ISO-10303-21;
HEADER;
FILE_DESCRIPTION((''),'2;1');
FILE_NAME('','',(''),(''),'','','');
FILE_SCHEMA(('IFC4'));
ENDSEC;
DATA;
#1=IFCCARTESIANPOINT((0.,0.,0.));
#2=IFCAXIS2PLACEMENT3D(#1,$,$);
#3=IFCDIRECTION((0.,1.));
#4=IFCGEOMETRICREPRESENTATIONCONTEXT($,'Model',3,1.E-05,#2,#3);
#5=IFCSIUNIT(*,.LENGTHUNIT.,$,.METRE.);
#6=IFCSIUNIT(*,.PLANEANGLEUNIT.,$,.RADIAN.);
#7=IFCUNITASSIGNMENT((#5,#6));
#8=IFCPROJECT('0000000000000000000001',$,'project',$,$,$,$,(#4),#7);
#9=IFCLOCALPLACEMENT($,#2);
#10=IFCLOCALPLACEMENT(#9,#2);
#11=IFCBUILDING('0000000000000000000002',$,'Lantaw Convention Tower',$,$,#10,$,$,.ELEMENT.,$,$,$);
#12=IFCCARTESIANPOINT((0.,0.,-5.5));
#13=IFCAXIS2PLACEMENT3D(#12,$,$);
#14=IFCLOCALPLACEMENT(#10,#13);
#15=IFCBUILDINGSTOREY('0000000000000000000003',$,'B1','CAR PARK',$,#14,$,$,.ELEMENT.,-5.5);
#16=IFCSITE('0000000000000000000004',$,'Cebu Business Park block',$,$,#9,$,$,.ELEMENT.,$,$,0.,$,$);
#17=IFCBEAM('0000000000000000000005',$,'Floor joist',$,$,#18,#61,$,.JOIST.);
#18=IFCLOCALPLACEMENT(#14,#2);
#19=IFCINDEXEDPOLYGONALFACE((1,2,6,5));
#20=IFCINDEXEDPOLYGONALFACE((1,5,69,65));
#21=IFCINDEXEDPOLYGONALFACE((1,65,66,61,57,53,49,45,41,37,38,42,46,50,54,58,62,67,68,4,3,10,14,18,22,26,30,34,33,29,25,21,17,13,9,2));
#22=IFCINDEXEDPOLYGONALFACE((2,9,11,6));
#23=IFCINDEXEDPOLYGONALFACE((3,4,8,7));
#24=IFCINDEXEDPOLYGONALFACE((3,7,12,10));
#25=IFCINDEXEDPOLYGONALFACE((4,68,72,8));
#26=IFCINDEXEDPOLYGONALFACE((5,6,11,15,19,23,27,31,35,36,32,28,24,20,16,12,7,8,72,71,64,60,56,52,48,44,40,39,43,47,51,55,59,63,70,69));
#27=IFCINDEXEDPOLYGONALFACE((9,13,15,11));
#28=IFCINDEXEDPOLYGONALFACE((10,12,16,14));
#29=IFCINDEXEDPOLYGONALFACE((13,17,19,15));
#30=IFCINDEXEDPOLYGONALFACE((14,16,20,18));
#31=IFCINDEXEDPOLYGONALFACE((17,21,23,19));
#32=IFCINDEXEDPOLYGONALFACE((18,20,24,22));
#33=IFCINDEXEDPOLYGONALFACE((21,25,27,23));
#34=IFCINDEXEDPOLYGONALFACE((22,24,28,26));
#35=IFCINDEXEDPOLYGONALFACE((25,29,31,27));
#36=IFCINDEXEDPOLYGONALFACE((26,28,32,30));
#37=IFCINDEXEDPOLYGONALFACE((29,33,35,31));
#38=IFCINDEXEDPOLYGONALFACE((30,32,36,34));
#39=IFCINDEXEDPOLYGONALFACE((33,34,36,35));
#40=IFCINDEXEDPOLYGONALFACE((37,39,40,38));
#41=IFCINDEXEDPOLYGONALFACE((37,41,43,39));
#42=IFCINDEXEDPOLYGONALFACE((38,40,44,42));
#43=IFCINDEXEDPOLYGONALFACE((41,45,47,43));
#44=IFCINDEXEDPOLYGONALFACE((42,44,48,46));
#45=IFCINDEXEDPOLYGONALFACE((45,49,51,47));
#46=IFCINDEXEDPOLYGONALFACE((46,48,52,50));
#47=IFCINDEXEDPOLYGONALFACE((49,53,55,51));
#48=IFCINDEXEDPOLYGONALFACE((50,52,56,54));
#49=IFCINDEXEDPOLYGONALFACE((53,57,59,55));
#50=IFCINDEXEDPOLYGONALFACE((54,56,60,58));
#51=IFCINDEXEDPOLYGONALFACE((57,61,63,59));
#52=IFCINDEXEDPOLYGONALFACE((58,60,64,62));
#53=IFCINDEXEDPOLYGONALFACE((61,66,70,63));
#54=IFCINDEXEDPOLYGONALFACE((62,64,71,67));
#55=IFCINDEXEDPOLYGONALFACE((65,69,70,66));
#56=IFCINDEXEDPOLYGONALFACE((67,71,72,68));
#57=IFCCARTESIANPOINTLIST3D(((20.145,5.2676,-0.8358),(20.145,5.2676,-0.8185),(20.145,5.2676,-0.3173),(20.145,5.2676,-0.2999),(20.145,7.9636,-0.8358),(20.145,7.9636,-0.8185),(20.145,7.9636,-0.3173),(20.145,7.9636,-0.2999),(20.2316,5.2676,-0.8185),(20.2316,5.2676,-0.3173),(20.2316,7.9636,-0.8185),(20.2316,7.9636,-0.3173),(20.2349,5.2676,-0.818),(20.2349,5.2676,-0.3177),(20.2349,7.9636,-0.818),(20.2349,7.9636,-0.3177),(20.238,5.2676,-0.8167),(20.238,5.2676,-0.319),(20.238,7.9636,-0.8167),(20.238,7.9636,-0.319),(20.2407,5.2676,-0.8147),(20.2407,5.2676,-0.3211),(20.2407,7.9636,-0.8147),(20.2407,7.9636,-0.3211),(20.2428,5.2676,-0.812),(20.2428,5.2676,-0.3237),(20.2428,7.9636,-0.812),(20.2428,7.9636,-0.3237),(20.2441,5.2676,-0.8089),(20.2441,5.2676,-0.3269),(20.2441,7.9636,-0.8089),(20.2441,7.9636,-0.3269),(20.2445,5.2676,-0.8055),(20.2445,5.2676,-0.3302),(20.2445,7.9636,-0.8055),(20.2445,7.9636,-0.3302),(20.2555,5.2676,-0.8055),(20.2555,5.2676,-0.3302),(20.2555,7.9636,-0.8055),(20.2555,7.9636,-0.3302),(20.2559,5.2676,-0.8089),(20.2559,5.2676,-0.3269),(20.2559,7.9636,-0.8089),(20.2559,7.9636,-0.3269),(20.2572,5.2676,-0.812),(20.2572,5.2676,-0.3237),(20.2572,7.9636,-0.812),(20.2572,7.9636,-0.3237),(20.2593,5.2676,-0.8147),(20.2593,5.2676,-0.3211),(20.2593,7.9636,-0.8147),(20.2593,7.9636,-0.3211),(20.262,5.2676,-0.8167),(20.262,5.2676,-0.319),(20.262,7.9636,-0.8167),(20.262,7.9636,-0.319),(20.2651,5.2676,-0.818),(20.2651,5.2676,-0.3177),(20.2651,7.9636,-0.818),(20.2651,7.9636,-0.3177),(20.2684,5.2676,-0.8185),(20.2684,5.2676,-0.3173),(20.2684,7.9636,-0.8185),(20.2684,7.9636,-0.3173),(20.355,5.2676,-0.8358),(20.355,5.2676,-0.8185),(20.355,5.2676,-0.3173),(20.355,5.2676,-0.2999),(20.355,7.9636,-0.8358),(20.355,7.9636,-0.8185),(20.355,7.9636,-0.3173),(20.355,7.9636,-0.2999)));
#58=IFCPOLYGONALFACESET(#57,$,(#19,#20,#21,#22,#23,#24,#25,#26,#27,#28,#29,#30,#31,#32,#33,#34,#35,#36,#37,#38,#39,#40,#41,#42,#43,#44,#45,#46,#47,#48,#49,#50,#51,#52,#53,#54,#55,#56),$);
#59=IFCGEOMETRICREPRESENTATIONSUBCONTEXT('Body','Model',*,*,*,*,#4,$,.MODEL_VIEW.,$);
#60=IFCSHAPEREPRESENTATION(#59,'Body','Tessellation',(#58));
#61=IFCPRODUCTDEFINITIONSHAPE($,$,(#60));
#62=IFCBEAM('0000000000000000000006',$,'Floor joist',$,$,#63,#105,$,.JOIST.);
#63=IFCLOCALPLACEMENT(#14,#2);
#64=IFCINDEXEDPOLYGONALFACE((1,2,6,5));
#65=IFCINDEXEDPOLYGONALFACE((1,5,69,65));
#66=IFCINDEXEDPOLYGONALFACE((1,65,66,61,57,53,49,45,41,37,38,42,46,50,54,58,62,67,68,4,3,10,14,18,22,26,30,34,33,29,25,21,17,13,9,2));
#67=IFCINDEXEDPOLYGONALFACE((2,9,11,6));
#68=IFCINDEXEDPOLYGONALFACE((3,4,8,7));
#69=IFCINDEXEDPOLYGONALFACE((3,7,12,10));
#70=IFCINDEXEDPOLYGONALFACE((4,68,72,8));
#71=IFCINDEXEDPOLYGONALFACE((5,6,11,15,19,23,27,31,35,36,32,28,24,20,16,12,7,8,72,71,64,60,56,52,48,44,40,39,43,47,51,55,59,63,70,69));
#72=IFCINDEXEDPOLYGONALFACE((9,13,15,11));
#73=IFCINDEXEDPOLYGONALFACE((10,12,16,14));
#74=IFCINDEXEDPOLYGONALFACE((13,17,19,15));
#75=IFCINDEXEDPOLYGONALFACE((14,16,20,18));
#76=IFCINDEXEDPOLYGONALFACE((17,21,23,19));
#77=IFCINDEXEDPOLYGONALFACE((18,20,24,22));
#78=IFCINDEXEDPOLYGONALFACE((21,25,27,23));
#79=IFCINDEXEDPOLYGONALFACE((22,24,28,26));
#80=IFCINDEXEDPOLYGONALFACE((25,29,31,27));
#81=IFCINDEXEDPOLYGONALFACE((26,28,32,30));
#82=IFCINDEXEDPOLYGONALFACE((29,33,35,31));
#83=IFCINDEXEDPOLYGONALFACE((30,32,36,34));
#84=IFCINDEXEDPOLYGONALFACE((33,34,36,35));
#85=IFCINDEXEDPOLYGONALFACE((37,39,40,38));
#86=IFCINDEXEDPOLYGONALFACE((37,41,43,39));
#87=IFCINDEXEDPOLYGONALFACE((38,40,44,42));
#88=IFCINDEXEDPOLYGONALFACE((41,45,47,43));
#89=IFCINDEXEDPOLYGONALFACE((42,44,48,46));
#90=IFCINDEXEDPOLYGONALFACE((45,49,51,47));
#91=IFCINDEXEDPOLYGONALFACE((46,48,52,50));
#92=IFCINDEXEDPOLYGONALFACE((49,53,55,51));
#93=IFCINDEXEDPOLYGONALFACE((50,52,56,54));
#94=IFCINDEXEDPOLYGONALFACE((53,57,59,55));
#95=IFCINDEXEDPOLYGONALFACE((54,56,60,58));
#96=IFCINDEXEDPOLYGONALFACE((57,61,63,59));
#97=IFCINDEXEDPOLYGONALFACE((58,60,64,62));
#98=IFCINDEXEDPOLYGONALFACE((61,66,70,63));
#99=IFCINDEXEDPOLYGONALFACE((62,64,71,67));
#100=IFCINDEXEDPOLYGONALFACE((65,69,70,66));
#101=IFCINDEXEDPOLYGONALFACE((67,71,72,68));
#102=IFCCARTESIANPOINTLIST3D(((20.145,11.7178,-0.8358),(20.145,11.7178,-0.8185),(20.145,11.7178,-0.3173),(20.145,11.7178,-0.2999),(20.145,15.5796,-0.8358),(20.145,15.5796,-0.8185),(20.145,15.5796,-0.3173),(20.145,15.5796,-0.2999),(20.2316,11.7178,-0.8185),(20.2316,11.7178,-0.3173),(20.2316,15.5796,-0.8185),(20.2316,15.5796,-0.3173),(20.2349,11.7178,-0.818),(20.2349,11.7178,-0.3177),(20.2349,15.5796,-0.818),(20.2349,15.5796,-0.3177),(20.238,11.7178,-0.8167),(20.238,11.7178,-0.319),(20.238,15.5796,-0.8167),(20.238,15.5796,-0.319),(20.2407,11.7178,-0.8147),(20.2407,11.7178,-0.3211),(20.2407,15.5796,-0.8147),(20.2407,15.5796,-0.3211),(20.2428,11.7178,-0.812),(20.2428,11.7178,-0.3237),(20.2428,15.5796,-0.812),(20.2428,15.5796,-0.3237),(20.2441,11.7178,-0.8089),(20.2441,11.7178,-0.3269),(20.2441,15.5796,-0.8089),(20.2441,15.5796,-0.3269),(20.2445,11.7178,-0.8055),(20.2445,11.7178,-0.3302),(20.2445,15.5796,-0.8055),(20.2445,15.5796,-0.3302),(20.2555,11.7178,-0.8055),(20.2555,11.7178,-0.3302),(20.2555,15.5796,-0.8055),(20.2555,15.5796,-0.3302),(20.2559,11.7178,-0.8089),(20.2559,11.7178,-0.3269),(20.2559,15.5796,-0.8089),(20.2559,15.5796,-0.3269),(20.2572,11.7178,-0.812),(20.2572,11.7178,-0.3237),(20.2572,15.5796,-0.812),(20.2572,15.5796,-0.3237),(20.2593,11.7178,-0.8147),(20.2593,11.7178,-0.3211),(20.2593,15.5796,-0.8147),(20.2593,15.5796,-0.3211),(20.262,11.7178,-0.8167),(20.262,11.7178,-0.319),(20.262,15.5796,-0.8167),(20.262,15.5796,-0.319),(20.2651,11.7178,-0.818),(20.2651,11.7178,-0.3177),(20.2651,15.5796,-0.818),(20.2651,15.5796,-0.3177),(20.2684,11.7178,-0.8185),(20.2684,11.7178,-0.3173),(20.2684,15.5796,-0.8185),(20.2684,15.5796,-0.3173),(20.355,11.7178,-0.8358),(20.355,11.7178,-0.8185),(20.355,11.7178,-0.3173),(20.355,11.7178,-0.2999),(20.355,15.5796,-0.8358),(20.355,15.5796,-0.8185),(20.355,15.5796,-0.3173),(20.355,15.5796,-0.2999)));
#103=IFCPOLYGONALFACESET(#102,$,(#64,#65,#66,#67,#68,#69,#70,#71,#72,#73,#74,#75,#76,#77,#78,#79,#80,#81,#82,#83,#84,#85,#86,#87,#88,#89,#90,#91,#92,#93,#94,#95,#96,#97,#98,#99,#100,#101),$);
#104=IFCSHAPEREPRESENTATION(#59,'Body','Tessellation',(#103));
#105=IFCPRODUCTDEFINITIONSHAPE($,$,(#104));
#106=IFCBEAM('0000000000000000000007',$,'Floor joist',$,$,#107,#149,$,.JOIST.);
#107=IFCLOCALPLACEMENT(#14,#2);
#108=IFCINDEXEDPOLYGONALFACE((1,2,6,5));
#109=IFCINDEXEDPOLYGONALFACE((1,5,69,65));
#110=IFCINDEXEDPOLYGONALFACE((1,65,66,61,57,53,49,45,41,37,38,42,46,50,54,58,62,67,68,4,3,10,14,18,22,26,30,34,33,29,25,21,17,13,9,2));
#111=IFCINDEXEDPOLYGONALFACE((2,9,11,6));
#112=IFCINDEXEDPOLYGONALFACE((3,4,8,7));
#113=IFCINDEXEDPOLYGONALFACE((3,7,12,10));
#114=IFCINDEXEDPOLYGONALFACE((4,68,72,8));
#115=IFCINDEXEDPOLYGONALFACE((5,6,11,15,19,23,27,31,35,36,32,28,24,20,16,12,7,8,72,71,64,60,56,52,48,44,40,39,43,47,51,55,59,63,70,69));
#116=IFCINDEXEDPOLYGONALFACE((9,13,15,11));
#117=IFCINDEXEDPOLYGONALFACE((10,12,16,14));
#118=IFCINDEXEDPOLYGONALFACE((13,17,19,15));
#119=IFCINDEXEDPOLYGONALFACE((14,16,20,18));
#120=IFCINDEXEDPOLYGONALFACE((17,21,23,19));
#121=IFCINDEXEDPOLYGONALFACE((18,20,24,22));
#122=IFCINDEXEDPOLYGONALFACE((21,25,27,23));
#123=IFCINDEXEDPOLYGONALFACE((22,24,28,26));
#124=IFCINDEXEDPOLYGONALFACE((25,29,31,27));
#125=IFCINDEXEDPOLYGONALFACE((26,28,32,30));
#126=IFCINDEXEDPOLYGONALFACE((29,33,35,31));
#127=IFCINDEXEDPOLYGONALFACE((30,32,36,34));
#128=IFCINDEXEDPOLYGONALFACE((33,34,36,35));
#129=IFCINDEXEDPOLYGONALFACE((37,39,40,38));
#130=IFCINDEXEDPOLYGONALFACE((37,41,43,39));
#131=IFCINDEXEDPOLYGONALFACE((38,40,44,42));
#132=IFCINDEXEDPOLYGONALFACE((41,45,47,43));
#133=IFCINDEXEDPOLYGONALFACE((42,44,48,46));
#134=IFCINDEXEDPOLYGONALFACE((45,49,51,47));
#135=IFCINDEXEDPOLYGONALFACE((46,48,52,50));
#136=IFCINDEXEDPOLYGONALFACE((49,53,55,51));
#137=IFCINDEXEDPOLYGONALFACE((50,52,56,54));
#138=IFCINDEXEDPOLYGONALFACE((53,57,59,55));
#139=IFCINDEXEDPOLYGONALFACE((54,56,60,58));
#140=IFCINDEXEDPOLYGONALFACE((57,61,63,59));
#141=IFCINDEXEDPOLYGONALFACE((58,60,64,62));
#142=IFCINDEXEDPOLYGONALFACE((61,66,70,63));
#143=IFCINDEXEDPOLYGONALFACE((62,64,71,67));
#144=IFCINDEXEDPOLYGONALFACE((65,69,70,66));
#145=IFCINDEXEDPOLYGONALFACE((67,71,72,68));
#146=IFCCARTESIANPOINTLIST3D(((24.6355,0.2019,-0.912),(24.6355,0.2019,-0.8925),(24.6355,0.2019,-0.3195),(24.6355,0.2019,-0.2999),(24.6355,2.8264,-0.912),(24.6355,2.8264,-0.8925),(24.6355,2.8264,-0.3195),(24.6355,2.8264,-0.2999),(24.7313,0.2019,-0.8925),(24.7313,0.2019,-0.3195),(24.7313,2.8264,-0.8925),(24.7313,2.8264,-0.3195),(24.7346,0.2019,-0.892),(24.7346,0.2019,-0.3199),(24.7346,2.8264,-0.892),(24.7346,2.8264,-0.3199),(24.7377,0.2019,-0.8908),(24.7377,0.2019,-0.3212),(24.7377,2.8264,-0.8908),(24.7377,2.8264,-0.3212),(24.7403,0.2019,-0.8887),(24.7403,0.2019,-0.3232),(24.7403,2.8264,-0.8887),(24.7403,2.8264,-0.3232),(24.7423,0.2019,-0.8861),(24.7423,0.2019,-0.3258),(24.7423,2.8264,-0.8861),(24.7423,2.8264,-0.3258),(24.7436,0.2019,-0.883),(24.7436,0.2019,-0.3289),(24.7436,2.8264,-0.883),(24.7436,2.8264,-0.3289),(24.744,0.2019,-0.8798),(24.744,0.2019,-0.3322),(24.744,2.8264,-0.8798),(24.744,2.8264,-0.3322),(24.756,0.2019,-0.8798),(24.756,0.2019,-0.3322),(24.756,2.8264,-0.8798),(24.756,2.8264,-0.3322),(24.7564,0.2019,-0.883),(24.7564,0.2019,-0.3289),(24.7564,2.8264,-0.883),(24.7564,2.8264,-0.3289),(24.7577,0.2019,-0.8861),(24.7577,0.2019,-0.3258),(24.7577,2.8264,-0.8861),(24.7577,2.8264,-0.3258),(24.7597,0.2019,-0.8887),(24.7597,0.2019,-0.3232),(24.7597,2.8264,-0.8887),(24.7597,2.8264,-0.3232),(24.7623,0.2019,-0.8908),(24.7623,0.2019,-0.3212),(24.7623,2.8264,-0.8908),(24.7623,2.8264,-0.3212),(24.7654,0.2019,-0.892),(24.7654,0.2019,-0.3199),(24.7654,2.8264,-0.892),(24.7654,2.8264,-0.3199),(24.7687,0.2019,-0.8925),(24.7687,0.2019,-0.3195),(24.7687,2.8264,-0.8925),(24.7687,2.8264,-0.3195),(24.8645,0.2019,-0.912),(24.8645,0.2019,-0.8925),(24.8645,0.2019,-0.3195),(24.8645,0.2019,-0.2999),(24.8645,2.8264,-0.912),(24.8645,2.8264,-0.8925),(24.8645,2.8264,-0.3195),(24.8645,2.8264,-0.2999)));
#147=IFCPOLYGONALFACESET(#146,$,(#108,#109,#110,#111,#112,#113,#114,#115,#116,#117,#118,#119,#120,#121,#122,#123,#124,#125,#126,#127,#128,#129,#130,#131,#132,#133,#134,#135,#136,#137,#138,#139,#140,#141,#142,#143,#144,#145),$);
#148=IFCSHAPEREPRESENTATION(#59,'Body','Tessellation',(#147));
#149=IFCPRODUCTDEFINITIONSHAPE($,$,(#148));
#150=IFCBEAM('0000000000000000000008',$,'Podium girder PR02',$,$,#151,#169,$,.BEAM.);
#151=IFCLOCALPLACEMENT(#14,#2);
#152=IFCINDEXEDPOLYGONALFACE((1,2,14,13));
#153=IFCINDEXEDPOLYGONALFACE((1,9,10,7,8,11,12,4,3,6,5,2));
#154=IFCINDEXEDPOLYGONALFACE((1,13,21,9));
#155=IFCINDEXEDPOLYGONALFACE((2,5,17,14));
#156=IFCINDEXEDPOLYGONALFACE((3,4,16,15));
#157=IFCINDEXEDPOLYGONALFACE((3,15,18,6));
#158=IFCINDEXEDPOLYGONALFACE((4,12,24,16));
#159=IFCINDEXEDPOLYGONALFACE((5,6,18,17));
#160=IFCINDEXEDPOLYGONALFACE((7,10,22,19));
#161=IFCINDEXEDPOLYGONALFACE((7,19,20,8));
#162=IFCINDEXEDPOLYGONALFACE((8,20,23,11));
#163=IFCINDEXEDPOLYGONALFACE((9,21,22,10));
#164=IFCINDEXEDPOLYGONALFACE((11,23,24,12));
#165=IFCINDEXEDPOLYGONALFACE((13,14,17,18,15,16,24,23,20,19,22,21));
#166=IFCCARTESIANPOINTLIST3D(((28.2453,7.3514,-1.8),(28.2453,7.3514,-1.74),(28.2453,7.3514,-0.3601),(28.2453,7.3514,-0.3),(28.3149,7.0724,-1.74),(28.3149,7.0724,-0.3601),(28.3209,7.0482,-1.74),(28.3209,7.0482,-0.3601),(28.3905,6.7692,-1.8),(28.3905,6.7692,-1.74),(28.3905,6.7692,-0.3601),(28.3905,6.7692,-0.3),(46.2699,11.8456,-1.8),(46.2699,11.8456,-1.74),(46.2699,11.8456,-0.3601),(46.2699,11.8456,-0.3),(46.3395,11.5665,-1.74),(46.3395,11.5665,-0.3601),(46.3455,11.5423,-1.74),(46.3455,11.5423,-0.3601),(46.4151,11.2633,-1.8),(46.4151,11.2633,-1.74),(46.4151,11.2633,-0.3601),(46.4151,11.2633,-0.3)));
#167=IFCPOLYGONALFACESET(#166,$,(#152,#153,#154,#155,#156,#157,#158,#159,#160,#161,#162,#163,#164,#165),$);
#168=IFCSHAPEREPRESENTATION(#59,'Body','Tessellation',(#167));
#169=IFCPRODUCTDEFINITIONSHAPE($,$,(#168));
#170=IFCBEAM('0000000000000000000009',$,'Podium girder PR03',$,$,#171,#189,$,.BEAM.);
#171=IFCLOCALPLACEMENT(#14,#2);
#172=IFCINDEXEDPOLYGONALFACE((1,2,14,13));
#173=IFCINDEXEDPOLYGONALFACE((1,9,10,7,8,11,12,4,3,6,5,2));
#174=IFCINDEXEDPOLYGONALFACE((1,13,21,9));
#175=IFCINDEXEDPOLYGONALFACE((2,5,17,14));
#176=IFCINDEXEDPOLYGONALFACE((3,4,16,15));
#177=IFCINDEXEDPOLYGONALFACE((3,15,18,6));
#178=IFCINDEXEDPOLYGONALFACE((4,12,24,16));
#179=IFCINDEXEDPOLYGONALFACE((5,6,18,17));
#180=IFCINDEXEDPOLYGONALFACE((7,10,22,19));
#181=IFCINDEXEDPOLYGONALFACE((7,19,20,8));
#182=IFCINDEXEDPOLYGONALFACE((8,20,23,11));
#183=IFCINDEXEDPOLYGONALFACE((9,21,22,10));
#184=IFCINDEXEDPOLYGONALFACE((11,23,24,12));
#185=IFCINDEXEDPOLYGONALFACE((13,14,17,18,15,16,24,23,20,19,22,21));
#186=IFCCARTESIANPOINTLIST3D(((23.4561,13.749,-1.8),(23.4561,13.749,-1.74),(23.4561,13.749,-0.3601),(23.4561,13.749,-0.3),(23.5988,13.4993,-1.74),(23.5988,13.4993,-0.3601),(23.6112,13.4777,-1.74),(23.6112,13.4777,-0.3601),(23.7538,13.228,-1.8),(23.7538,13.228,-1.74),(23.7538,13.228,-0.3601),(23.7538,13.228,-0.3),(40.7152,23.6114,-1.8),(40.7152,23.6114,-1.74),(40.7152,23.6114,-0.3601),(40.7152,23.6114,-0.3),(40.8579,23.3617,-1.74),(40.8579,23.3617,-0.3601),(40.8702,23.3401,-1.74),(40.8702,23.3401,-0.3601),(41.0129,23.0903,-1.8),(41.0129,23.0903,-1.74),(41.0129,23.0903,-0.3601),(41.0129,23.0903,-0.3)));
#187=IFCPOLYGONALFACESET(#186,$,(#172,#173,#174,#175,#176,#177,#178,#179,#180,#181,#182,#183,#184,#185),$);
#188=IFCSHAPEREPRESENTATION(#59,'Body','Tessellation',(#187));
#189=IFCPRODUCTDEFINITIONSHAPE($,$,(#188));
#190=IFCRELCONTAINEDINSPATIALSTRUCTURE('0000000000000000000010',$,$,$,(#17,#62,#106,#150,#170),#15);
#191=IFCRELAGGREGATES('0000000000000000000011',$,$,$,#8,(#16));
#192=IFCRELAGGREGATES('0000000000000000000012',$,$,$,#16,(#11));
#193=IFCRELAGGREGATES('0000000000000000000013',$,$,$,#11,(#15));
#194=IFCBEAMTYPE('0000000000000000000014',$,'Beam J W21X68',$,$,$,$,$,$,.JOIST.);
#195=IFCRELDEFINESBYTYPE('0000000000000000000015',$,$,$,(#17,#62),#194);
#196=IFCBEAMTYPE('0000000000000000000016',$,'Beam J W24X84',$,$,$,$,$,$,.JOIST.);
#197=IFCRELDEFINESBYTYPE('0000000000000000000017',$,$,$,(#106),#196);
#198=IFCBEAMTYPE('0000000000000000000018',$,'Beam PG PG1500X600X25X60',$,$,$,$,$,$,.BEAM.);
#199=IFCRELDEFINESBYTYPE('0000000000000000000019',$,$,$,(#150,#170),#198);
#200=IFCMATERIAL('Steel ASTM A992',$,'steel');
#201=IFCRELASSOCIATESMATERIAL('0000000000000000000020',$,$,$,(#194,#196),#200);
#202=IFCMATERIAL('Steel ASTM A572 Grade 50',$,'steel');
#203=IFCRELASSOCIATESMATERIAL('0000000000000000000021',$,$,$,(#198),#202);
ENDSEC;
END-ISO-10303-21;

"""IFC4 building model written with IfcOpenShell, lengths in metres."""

from ifc_helpers import new_model, si_unit, direction, frame, origin, origin_2d, place, context, subcontext, project, spatial, i_section, extrude, material, material_profile, profile_set, type_object, element, save


model = new_model("IFC4")

# Units and contexts
model_context = context("Model", 3, precision=1e-05, world=origin(), true_north=direction((0.0, 1.0)))
body_context = subcontext(model_context, "Body", "Model", "MODEL_VIEW")
ifc_project = project(units=[si_unit("LENGTHUNIT", "METRE"), si_unit("PLANEANGLEUNIT", "RADIAN")], contexts=[model_context])

# Site, building, storey
site_placement = place(None, origin())
site = spatial("IfcSite", under=ifc_project, at=site_placement, Name="Cebu Business Park block", CompositionType="ELEMENT", RefElevation=0.0)
building_placement = place(site_placement, origin())
building = spatial("IfcBuilding", under=site, at=building_placement, Name="Lantaw Convention Tower", CompositionType="ELEMENT")
storey_placement = place(building_placement, frame((0.0, 0.0, -5.5)))
storey = spatial("IfcBuildingStorey", under=building, at=storey_placement, Name="B1", Description="CAR PARK", CompositionType="ELEMENT", Elevation=-5.5)

# Shared definitions
ifc_material_1 = material(Name="Steel ASTM A572 Grade 50", Category="steel")

# Beams
ifc_material_2 = material(Name="Steel ASTM A992", Category="steel")
ifc_material_profile_1 = material_profile(ifc_material_2, i_section(OverallWidth=0.21, OverallDepth=0.5359, WebThickness=0.011, FlangeThickness=0.0173, FilletRadius=0.0129, at=origin_2d()), Name="W21X68")
ifc_profile_set_1 = profile_set([ifc_material_profile_1], Name="Steel ASTM A992")
beam_type_1 = type_object("IfcBeamType", Name="Beam J W21X68", PredefinedType="JOIST", material=ifc_profile_set_1)
beam_1_placement = place(storey_placement, frame((20.25, 5.2676, -0.5679), z_axis=(0.0, 1.0, 0.0), x_axis=(-1.0, 0.0, 0.0)))
element("IfcBeam", 1, at=beam_1_placement, inside=storey, type_object=beam_type_1, Name="Floor joist", PredefinedType="JOIST", context=body_context, shape_type="SweptSolid", body=[
    extrude(i_section(OverallWidth=0.21, OverallDepth=0.5359, WebThickness=0.011, FlangeThickness=0.0173, FilletRadius=0.0129, at=origin_2d()), origin(), (0.0, 0.0, 1.0), 2.696),
])
beam_2_placement = place(storey_placement, frame((20.25, 11.7178, -0.5679), z_axis=(0.0, 1.0, 0.0), x_axis=(-1.0, 0.0, 0.0)))
element("IfcBeam", 2, at=beam_2_placement, inside=storey, type_object=beam_type_1, Name="Floor joist", PredefinedType="JOIST", context=body_context, shape_type="SweptSolid", body=[
    extrude(i_section(OverallWidth=0.21, OverallDepth=0.5359, WebThickness=0.011, FlangeThickness=0.0173, FilletRadius=0.0129, at=origin_2d()), origin(), (0.0, 0.0, 1.0), 3.8618),
])
ifc_material_profile_2 = material_profile(ifc_material_2, i_section(OverallWidth=0.229, OverallDepth=0.6121, WebThickness=0.012, FlangeThickness=0.0195, FilletRadius=0.0127, at=origin_2d()), Name="W24X84")
ifc_profile_set_2 = profile_set([ifc_material_profile_2], Name="Steel ASTM A992")
beam_type_2 = type_object("IfcBeamType", Name="Beam J W24X84", PredefinedType="JOIST", material=ifc_profile_set_2)
beam_3_placement = place(storey_placement, frame((24.75, 0.2019, -0.606), z_axis=(0.0, 1.0, 0.0), x_axis=(-1.0, 0.0, 0.0)))
element("IfcBeam", 3, at=beam_3_placement, inside=storey, type_object=beam_type_2, Name="Floor joist", PredefinedType="JOIST", context=body_context, shape_type="SweptSolid", body=[
    extrude(i_section(OverallWidth=0.229, OverallDepth=0.6121, WebThickness=0.012, FlangeThickness=0.0195, FilletRadius=0.0127, at=origin_2d()), origin(), (0.0, 0.0, 1.0), 2.6245),
])
ifc_material_profile_3 = material_profile(ifc_material_1, i_section(OverallWidth=0.6001, OverallDepth=1.5, WebThickness=0.0249, FlangeThickness=0.0601, at=origin_2d()), Name="PG1500X600X25X60")
ifc_profile_set_3 = profile_set([ifc_material_profile_3], Name="Steel ASTM A572 Grade 50")
beam_type_3 = type_object("IfcBeamType", Name="Beam PG PG1500X600X25X60", PredefinedType="BEAM", material=ifc_profile_set_3)
beam_4_placement = place(storey_placement, frame((28.3179, 7.0603, -1.05), z_axis=(0.970295, 0.241926, 0.0), x_axis=(-0.241926, 0.970295, 0.0)))
element("IfcBeam", 4, at=beam_4_placement, inside=storey, type_object=beam_type_3, Name="Podium girder PR02", PredefinedType="BEAM", context=body_context, shape_type="SweptSolid", body=[
    extrude(i_section(OverallWidth=0.6001, OverallDepth=1.5, WebThickness=0.0249, FlangeThickness=0.0601, at=origin_2d()), origin(), (0.0, 0.0, 1.0), 18.5764),
])
beam_5_placement = place(storey_placement, frame((23.605, 13.4885, -1.05), z_axis=(0.868243, 0.496139, 0.0), x_axis=(-0.496139, 0.868243, 0.0)))
element("IfcBeam", 5, at=beam_5_placement, inside=storey, type_object=beam_type_3, Name="Podium girder PR03", PredefinedType="BEAM", context=body_context, shape_type="SweptSolid", body=[
    extrude(i_section(OverallWidth=0.6001, OverallDepth=1.5, WebThickness=0.0249, FlangeThickness=0.0601, at=origin_2d()), origin(), (0.0, 0.0, 1.0), 19.8782),
])

save(model, "model.ifc")
